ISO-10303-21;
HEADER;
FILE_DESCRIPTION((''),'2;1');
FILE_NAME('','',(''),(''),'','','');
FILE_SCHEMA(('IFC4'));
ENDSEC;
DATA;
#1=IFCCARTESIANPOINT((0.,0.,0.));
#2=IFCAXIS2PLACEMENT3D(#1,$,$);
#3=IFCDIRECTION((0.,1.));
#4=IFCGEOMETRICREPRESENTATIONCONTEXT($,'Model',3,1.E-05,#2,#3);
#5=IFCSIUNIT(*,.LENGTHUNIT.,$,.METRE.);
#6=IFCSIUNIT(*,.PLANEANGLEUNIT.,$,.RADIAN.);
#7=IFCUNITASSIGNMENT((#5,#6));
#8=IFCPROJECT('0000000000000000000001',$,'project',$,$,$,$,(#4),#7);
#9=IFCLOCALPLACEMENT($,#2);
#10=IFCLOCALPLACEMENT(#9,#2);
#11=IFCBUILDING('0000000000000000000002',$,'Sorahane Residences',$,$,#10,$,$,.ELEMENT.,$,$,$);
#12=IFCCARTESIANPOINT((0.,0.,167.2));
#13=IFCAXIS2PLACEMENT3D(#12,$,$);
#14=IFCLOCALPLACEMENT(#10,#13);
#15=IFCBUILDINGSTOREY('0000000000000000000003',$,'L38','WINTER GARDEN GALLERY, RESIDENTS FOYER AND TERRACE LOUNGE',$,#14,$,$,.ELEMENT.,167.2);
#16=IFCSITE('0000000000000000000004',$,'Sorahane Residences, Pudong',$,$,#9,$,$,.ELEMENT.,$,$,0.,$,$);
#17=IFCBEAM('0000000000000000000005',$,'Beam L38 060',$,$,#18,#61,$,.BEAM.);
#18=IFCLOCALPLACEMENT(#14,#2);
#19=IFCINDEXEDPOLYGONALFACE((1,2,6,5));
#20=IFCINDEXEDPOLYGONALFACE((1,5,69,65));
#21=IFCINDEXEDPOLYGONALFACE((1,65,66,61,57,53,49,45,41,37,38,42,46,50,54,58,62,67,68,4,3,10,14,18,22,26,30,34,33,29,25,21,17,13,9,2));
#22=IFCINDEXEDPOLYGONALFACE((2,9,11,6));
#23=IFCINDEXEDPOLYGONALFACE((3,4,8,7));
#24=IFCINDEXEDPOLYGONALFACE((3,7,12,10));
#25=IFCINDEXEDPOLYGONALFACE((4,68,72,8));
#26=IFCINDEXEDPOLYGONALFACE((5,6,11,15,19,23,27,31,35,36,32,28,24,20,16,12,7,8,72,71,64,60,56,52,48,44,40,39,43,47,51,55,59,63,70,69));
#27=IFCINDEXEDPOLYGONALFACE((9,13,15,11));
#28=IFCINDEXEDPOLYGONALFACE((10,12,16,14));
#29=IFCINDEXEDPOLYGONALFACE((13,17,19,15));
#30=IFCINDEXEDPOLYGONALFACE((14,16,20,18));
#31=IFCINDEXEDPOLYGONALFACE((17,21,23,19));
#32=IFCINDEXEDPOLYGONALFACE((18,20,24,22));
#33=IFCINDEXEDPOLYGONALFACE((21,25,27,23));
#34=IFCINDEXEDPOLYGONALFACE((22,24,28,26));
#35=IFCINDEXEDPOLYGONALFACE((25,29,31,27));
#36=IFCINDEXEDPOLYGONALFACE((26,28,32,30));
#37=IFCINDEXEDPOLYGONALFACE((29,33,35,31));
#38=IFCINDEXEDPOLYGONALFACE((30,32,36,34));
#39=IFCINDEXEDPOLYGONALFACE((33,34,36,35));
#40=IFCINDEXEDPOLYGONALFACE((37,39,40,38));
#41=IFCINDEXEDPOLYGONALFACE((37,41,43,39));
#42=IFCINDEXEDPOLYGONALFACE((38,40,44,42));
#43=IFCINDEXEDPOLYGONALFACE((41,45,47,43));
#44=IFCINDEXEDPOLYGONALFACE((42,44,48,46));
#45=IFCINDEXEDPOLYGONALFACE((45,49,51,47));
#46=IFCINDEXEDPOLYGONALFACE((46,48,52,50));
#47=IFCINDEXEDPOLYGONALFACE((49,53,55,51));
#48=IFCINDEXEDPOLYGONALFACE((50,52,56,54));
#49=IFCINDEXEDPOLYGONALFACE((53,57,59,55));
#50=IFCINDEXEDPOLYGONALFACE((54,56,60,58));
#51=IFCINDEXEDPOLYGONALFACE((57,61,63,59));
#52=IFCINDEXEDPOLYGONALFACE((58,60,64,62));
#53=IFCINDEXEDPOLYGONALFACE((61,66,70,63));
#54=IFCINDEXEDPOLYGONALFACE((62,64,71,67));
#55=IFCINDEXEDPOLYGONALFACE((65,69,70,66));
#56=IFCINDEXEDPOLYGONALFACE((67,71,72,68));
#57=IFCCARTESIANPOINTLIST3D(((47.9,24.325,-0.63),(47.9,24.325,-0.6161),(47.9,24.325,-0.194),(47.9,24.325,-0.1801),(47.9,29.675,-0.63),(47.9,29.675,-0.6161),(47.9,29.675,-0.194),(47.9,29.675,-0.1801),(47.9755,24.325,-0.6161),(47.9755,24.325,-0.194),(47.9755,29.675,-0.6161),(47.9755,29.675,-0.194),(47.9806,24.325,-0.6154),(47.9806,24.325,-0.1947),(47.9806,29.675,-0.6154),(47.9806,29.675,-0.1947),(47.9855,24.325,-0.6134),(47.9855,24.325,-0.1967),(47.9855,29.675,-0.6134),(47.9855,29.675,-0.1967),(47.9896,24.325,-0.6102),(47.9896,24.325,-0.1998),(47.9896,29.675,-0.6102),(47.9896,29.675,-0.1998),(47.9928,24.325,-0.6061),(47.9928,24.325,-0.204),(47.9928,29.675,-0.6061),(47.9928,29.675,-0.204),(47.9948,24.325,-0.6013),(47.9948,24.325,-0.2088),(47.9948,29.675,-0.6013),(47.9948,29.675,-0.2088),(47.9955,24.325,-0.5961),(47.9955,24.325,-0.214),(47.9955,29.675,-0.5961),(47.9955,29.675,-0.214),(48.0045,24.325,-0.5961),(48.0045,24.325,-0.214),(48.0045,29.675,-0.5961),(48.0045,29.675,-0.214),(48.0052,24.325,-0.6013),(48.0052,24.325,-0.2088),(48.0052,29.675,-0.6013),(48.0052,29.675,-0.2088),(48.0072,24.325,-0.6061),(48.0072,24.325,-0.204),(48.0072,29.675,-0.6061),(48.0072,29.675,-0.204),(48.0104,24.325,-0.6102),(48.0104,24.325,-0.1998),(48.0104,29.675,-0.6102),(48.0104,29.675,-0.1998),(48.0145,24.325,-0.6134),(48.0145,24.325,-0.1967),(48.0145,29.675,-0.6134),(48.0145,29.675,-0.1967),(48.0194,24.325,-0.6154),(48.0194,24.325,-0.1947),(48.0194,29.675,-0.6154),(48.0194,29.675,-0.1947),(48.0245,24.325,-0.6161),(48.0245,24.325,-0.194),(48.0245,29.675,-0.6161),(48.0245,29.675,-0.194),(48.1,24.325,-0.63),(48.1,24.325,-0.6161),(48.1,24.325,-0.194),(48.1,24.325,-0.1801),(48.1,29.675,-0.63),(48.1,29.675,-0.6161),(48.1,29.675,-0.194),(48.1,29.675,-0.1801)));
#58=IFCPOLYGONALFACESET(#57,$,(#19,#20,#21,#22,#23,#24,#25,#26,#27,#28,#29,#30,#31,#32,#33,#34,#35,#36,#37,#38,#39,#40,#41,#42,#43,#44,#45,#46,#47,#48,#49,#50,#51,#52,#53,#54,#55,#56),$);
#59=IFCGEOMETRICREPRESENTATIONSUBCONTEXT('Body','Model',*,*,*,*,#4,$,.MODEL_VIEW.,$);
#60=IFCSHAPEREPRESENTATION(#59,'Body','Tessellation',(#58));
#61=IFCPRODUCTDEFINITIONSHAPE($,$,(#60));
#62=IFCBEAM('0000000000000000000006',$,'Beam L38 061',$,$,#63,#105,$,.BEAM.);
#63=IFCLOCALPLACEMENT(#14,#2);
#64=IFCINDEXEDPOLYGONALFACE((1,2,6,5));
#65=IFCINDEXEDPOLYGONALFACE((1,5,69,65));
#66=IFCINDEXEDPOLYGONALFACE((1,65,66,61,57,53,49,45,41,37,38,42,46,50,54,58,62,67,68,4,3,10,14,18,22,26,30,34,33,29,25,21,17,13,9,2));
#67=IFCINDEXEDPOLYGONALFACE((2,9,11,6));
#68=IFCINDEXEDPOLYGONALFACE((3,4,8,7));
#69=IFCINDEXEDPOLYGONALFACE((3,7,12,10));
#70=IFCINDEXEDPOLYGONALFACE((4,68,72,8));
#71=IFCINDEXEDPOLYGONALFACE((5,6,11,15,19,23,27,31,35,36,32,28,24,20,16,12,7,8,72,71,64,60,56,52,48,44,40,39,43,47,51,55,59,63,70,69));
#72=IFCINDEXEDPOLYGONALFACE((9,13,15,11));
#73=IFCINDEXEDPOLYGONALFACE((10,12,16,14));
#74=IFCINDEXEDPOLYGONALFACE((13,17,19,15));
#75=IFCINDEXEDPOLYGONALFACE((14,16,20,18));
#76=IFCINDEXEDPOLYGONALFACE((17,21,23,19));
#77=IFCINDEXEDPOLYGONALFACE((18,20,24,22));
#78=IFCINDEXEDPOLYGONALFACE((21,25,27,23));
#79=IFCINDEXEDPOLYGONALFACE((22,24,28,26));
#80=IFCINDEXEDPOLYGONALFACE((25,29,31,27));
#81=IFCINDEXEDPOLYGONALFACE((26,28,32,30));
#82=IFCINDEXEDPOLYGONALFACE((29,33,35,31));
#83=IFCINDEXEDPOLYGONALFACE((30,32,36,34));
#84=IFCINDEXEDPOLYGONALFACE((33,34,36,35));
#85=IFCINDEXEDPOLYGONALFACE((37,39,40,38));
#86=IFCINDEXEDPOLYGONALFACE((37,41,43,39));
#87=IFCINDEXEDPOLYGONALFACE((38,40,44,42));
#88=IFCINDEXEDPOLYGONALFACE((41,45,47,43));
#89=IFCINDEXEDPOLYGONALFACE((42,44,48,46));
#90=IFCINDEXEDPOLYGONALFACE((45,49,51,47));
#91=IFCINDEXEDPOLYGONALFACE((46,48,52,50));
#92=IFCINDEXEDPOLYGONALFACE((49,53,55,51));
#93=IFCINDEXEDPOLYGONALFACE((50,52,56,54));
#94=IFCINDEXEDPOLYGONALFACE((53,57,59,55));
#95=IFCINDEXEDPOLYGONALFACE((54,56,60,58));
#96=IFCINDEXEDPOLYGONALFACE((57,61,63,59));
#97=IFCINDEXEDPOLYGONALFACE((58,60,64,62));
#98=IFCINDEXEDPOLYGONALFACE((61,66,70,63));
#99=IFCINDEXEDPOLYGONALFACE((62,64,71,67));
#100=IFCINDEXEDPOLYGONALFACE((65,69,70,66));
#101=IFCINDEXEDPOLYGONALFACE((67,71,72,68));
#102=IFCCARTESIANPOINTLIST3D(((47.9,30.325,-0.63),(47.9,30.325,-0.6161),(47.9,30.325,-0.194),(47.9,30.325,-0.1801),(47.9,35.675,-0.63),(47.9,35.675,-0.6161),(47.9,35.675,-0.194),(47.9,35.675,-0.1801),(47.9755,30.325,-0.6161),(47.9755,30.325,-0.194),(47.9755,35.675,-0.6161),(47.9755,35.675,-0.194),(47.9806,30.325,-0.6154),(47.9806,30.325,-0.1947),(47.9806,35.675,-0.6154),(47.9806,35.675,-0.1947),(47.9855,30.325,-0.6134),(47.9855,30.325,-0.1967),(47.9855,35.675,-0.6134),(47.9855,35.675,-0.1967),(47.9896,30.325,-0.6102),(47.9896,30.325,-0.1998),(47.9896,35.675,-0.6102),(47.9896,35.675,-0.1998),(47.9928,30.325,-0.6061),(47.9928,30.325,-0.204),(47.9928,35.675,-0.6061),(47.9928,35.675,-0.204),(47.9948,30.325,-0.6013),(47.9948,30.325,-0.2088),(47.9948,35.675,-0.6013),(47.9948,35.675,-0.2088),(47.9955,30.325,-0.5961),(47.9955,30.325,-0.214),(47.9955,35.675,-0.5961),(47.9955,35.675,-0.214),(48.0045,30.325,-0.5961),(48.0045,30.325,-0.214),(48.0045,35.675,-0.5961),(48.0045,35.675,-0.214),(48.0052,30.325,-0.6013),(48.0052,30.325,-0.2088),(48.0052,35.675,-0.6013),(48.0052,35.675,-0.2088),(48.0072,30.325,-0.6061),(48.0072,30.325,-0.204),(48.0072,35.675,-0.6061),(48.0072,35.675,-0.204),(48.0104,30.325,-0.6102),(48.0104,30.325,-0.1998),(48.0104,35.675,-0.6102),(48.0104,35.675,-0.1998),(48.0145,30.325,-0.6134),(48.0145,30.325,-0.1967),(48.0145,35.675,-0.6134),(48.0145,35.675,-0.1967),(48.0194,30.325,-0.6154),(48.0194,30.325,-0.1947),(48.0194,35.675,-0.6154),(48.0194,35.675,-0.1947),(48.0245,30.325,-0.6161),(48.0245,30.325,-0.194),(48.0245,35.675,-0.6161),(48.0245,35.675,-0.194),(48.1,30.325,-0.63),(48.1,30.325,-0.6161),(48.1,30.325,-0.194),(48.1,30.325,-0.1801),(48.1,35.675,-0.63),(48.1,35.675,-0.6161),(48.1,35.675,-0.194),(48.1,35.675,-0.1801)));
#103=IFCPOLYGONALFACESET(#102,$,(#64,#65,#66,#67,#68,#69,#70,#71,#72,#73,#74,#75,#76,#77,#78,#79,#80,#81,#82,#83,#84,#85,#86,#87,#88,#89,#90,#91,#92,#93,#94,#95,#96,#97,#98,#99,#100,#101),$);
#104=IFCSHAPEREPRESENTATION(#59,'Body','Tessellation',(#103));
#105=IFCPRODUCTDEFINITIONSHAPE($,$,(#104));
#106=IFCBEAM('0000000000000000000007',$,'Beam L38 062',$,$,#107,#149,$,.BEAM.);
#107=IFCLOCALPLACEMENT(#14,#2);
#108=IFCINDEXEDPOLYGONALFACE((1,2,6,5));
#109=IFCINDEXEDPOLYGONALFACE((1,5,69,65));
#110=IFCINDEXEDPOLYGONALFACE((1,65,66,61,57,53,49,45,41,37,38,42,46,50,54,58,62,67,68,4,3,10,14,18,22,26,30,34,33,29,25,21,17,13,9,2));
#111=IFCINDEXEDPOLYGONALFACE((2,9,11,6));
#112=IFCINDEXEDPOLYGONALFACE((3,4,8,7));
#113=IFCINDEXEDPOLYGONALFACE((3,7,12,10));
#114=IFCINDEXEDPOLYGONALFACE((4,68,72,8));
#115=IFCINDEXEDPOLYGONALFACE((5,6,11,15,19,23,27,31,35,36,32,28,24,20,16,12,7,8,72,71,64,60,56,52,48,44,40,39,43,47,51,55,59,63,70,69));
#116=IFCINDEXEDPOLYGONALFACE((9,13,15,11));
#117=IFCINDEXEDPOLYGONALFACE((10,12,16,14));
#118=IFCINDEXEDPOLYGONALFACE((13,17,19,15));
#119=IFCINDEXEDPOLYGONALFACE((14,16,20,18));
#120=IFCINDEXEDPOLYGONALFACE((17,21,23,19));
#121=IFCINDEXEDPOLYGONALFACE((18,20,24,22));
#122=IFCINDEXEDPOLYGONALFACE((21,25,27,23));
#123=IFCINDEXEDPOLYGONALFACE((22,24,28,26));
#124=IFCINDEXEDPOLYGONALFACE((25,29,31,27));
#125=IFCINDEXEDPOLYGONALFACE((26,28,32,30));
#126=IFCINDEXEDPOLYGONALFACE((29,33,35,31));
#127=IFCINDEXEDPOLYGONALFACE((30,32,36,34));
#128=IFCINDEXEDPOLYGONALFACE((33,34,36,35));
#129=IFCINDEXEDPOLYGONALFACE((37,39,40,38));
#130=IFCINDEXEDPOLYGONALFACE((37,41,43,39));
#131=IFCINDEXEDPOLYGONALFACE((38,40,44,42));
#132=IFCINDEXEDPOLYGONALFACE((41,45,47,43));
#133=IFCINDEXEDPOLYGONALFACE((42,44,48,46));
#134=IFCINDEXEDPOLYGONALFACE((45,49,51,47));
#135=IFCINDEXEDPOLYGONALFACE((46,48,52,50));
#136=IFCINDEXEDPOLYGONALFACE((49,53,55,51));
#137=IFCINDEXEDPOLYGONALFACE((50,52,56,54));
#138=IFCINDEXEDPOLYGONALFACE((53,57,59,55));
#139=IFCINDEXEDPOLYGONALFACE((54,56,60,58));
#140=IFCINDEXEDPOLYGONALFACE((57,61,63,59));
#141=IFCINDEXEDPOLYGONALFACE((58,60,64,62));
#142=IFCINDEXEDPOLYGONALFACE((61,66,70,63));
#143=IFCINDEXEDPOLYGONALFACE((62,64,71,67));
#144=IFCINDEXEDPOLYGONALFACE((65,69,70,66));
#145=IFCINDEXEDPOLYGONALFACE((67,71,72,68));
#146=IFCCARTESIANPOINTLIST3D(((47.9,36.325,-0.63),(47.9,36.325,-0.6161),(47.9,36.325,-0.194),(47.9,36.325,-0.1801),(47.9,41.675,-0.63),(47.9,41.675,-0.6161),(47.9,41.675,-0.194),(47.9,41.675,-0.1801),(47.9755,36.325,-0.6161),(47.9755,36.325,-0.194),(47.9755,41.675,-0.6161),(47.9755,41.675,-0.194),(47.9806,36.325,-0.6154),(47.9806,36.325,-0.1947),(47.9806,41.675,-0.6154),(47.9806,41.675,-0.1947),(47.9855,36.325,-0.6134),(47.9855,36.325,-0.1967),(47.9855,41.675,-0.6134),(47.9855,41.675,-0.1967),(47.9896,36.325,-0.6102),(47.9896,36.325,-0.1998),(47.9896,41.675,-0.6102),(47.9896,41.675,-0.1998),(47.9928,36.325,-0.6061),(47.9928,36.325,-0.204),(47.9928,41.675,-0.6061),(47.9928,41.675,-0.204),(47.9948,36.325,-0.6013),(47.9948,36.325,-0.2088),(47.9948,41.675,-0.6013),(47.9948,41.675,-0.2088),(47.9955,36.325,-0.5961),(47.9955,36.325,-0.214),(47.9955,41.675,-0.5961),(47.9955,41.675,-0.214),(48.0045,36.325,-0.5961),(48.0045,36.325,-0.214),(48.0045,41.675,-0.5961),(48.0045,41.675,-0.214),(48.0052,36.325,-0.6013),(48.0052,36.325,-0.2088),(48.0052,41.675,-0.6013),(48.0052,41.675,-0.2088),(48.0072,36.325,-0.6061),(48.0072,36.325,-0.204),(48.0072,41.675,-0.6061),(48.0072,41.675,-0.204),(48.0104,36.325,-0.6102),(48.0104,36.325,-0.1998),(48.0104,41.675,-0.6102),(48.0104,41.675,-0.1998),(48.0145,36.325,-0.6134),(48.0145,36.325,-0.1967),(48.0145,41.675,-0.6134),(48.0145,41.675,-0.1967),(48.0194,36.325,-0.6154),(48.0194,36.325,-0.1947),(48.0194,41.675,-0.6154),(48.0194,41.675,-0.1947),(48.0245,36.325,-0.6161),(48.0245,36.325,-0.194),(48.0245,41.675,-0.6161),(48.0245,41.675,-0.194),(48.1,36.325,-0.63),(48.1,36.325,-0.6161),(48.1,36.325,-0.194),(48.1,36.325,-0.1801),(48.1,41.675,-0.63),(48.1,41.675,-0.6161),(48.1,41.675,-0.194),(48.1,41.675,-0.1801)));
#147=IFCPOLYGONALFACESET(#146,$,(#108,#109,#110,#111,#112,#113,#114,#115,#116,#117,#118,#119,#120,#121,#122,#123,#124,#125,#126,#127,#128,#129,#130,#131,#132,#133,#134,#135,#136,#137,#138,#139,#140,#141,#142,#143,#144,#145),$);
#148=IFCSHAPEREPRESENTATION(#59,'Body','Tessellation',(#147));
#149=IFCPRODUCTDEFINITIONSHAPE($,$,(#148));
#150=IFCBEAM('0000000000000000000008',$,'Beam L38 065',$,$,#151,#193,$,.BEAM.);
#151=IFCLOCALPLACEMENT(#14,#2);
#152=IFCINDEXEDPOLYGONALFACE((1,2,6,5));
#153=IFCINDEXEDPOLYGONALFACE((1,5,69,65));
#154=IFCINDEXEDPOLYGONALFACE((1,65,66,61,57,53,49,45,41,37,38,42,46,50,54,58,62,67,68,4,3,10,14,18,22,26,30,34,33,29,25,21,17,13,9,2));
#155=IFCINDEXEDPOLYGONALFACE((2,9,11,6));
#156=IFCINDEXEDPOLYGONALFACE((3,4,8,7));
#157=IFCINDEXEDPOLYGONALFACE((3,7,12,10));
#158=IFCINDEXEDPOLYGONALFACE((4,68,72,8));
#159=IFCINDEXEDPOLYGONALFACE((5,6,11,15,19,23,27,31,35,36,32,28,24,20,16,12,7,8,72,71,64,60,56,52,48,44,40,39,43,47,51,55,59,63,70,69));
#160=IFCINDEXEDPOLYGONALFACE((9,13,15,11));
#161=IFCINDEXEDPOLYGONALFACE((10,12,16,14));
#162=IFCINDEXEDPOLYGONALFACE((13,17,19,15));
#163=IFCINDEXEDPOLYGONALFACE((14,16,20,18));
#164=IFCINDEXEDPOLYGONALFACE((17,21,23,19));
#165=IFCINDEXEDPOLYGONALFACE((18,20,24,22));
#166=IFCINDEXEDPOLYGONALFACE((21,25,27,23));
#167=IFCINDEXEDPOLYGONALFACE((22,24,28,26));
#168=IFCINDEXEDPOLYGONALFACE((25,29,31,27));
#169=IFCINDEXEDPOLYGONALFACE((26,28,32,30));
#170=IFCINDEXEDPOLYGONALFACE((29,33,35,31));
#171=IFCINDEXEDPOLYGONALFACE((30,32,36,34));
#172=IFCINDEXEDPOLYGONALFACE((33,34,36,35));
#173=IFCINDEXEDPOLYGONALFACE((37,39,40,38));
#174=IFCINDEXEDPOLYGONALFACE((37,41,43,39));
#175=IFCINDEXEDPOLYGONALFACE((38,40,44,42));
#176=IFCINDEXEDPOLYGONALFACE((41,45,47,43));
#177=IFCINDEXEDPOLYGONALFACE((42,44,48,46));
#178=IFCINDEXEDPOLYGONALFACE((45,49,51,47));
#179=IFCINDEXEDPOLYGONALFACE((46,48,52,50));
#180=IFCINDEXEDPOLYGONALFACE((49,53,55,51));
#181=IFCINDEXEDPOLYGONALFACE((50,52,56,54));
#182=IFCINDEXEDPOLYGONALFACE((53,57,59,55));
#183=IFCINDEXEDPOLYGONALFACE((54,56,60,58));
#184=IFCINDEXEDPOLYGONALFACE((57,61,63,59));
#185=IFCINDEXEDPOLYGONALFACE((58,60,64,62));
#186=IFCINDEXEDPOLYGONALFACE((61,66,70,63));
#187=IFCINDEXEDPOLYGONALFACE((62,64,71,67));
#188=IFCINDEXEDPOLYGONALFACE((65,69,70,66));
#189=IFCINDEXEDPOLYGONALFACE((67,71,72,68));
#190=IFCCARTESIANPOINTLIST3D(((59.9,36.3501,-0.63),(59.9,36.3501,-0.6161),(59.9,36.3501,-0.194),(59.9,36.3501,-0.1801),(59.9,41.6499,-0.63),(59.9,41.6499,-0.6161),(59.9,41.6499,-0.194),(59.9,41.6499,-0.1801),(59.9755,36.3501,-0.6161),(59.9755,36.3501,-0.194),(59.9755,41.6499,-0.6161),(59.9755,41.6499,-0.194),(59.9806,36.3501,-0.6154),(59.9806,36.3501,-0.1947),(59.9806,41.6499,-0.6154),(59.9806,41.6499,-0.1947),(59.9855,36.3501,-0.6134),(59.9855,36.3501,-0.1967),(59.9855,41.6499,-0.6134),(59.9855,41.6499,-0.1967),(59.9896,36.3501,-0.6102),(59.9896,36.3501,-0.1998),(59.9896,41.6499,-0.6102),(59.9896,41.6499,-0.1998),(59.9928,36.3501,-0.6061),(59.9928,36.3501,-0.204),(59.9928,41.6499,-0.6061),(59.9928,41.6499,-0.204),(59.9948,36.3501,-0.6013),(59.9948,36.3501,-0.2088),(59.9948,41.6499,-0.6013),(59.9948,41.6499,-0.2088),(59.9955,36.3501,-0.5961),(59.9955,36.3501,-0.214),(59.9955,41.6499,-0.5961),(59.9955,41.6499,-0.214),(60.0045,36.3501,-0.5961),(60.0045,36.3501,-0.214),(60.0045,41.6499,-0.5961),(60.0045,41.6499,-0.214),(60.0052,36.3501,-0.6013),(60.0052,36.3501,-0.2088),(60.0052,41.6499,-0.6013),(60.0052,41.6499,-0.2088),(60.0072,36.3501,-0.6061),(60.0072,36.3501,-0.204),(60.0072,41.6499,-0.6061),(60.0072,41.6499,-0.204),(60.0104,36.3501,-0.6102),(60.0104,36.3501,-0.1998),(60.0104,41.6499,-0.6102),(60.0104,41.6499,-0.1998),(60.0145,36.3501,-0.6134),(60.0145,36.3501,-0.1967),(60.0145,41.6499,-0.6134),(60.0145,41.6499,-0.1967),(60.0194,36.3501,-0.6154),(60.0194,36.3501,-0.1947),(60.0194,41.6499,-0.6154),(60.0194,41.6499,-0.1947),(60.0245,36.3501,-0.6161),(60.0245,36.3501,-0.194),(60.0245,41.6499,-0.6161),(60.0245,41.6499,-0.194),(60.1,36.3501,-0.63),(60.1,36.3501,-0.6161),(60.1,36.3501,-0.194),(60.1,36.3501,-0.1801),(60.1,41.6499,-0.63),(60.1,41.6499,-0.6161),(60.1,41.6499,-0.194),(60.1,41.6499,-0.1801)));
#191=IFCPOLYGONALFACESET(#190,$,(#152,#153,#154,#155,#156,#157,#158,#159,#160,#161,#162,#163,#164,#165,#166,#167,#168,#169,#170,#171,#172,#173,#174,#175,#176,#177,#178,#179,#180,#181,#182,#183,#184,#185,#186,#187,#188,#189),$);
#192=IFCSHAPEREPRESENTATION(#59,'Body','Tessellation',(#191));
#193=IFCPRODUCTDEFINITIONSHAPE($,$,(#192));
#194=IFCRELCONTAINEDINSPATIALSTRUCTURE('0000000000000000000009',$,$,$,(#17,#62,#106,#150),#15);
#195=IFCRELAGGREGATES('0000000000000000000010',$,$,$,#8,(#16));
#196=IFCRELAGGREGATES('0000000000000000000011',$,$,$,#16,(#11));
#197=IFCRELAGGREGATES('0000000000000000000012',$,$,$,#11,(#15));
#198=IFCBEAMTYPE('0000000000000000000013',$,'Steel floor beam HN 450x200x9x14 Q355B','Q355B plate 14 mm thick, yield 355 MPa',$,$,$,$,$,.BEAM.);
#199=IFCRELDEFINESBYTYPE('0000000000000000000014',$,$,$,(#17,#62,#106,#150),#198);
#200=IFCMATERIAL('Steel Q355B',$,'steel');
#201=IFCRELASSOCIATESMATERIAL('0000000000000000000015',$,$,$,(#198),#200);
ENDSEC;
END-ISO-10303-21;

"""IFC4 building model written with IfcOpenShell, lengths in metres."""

from ifc_helpers import new_model, si_unit, direction, frame, origin, origin_2d, place, context, subcontext, project, spatial, i_section, extrude, material, material_profile, profile_set, type_object, element, save


model = new_model("IFC4")

# Units and contexts
model_context = context("Model", 3, precision=1e-05, world=origin(), true_north=direction((0.0, 1.0)))
body_context = subcontext(model_context, "Body", "Model", "MODEL_VIEW")
ifc_project = project(units=[si_unit("LENGTHUNIT", "METRE"), si_unit("PLANEANGLEUNIT", "RADIAN")], contexts=[model_context])

# Site, building, storey
site_placement = place(None, origin())
site = spatial("IfcSite", under=ifc_project, at=site_placement, Name="Sorahane Residences, Pudong", CompositionType="ELEMENT", RefElevation=0.0)
building_placement = place(site_placement, origin())
building = spatial("IfcBuilding", under=site, at=building_placement, Name="Sorahane Residences", CompositionType="ELEMENT")
storey_placement = place(building_placement, frame((0.0, 0.0, 167.2)))
storey = spatial("IfcBuildingStorey", under=building, at=storey_placement, Name="L38", Description="WINTER GARDEN GALLERY, RESIDENTS FOYER AND TERRACE LOUNGE", CompositionType="ELEMENT", Elevation=167.2)

# Beams
ifc_material_1 = material(Name="Steel Q355B", Category="steel")
ifc_material_profile_1 = material_profile(ifc_material_1, i_section(OverallWidth=0.2, OverallDepth=0.45, WebThickness=0.009, FlangeThickness=0.0139, FilletRadius=0.02, at=origin_2d()), Name="HN 450x200x9x14")
ifc_profile_set_1 = profile_set([ifc_material_profile_1], Name="Steel Q355B")
beam_type_1 = type_object("IfcBeamType", Name="Steel floor beam HN 450x200x9x14 Q355B", Description="Q355B plate 14 mm thick, yield 355 MPa", PredefinedType="BEAM", material=ifc_profile_set_1)
for number, where, z_axis, x_axis, name in (
    (1, (48.0, 24.325, -0.405), (0.0, 1.0, 0.0), (-1.0, 0.0, 0.0), "Beam L38 060"),
    (2, (48.0, 30.325, -0.405), (0.0, 1.0, 0.0), (-1.0, 0.0, 0.0), "Beam L38 061"),
    (3, (48.0, 36.325, -0.405), (0.0, 1.0, 0.0), (-1.0, 0.0, 0.0), "Beam L38 062"),
):
    element("IfcBeam", number, at=place(storey_placement, frame(where, z_axis=z_axis, x_axis=x_axis)), inside=storey, type_object=beam_type_1, Name=name, PredefinedType="BEAM", context=body_context, shape_type="SweptSolid", body=[
        extrude(i_section(OverallWidth=0.2, OverallDepth=0.45, WebThickness=0.009, FlangeThickness=0.0139, FilletRadius=0.02, at=origin_2d()), origin(), (0.0, 0.0, 1.0), 5.3501),
    ])
beam_1_placement = place(storey_placement, frame((60.0, 36.3501, -0.405), z_axis=(0.0, 1.0, 0.0), x_axis=(-1.0, 0.0, 0.0)))
element("IfcBeam", 4, at=beam_1_placement, inside=storey, type_object=beam_type_1, Name="Beam L38 065", PredefinedType="BEAM", context=body_context, shape_type="SweptSolid", body=[
    extrude(i_section(OverallWidth=0.2, OverallDepth=0.45, WebThickness=0.009, FlangeThickness=0.0139, FilletRadius=0.02, at=origin_2d()), origin(), (0.0, 0.0, 1.0), 5.2998),
])

save(model, "model.ifc")
